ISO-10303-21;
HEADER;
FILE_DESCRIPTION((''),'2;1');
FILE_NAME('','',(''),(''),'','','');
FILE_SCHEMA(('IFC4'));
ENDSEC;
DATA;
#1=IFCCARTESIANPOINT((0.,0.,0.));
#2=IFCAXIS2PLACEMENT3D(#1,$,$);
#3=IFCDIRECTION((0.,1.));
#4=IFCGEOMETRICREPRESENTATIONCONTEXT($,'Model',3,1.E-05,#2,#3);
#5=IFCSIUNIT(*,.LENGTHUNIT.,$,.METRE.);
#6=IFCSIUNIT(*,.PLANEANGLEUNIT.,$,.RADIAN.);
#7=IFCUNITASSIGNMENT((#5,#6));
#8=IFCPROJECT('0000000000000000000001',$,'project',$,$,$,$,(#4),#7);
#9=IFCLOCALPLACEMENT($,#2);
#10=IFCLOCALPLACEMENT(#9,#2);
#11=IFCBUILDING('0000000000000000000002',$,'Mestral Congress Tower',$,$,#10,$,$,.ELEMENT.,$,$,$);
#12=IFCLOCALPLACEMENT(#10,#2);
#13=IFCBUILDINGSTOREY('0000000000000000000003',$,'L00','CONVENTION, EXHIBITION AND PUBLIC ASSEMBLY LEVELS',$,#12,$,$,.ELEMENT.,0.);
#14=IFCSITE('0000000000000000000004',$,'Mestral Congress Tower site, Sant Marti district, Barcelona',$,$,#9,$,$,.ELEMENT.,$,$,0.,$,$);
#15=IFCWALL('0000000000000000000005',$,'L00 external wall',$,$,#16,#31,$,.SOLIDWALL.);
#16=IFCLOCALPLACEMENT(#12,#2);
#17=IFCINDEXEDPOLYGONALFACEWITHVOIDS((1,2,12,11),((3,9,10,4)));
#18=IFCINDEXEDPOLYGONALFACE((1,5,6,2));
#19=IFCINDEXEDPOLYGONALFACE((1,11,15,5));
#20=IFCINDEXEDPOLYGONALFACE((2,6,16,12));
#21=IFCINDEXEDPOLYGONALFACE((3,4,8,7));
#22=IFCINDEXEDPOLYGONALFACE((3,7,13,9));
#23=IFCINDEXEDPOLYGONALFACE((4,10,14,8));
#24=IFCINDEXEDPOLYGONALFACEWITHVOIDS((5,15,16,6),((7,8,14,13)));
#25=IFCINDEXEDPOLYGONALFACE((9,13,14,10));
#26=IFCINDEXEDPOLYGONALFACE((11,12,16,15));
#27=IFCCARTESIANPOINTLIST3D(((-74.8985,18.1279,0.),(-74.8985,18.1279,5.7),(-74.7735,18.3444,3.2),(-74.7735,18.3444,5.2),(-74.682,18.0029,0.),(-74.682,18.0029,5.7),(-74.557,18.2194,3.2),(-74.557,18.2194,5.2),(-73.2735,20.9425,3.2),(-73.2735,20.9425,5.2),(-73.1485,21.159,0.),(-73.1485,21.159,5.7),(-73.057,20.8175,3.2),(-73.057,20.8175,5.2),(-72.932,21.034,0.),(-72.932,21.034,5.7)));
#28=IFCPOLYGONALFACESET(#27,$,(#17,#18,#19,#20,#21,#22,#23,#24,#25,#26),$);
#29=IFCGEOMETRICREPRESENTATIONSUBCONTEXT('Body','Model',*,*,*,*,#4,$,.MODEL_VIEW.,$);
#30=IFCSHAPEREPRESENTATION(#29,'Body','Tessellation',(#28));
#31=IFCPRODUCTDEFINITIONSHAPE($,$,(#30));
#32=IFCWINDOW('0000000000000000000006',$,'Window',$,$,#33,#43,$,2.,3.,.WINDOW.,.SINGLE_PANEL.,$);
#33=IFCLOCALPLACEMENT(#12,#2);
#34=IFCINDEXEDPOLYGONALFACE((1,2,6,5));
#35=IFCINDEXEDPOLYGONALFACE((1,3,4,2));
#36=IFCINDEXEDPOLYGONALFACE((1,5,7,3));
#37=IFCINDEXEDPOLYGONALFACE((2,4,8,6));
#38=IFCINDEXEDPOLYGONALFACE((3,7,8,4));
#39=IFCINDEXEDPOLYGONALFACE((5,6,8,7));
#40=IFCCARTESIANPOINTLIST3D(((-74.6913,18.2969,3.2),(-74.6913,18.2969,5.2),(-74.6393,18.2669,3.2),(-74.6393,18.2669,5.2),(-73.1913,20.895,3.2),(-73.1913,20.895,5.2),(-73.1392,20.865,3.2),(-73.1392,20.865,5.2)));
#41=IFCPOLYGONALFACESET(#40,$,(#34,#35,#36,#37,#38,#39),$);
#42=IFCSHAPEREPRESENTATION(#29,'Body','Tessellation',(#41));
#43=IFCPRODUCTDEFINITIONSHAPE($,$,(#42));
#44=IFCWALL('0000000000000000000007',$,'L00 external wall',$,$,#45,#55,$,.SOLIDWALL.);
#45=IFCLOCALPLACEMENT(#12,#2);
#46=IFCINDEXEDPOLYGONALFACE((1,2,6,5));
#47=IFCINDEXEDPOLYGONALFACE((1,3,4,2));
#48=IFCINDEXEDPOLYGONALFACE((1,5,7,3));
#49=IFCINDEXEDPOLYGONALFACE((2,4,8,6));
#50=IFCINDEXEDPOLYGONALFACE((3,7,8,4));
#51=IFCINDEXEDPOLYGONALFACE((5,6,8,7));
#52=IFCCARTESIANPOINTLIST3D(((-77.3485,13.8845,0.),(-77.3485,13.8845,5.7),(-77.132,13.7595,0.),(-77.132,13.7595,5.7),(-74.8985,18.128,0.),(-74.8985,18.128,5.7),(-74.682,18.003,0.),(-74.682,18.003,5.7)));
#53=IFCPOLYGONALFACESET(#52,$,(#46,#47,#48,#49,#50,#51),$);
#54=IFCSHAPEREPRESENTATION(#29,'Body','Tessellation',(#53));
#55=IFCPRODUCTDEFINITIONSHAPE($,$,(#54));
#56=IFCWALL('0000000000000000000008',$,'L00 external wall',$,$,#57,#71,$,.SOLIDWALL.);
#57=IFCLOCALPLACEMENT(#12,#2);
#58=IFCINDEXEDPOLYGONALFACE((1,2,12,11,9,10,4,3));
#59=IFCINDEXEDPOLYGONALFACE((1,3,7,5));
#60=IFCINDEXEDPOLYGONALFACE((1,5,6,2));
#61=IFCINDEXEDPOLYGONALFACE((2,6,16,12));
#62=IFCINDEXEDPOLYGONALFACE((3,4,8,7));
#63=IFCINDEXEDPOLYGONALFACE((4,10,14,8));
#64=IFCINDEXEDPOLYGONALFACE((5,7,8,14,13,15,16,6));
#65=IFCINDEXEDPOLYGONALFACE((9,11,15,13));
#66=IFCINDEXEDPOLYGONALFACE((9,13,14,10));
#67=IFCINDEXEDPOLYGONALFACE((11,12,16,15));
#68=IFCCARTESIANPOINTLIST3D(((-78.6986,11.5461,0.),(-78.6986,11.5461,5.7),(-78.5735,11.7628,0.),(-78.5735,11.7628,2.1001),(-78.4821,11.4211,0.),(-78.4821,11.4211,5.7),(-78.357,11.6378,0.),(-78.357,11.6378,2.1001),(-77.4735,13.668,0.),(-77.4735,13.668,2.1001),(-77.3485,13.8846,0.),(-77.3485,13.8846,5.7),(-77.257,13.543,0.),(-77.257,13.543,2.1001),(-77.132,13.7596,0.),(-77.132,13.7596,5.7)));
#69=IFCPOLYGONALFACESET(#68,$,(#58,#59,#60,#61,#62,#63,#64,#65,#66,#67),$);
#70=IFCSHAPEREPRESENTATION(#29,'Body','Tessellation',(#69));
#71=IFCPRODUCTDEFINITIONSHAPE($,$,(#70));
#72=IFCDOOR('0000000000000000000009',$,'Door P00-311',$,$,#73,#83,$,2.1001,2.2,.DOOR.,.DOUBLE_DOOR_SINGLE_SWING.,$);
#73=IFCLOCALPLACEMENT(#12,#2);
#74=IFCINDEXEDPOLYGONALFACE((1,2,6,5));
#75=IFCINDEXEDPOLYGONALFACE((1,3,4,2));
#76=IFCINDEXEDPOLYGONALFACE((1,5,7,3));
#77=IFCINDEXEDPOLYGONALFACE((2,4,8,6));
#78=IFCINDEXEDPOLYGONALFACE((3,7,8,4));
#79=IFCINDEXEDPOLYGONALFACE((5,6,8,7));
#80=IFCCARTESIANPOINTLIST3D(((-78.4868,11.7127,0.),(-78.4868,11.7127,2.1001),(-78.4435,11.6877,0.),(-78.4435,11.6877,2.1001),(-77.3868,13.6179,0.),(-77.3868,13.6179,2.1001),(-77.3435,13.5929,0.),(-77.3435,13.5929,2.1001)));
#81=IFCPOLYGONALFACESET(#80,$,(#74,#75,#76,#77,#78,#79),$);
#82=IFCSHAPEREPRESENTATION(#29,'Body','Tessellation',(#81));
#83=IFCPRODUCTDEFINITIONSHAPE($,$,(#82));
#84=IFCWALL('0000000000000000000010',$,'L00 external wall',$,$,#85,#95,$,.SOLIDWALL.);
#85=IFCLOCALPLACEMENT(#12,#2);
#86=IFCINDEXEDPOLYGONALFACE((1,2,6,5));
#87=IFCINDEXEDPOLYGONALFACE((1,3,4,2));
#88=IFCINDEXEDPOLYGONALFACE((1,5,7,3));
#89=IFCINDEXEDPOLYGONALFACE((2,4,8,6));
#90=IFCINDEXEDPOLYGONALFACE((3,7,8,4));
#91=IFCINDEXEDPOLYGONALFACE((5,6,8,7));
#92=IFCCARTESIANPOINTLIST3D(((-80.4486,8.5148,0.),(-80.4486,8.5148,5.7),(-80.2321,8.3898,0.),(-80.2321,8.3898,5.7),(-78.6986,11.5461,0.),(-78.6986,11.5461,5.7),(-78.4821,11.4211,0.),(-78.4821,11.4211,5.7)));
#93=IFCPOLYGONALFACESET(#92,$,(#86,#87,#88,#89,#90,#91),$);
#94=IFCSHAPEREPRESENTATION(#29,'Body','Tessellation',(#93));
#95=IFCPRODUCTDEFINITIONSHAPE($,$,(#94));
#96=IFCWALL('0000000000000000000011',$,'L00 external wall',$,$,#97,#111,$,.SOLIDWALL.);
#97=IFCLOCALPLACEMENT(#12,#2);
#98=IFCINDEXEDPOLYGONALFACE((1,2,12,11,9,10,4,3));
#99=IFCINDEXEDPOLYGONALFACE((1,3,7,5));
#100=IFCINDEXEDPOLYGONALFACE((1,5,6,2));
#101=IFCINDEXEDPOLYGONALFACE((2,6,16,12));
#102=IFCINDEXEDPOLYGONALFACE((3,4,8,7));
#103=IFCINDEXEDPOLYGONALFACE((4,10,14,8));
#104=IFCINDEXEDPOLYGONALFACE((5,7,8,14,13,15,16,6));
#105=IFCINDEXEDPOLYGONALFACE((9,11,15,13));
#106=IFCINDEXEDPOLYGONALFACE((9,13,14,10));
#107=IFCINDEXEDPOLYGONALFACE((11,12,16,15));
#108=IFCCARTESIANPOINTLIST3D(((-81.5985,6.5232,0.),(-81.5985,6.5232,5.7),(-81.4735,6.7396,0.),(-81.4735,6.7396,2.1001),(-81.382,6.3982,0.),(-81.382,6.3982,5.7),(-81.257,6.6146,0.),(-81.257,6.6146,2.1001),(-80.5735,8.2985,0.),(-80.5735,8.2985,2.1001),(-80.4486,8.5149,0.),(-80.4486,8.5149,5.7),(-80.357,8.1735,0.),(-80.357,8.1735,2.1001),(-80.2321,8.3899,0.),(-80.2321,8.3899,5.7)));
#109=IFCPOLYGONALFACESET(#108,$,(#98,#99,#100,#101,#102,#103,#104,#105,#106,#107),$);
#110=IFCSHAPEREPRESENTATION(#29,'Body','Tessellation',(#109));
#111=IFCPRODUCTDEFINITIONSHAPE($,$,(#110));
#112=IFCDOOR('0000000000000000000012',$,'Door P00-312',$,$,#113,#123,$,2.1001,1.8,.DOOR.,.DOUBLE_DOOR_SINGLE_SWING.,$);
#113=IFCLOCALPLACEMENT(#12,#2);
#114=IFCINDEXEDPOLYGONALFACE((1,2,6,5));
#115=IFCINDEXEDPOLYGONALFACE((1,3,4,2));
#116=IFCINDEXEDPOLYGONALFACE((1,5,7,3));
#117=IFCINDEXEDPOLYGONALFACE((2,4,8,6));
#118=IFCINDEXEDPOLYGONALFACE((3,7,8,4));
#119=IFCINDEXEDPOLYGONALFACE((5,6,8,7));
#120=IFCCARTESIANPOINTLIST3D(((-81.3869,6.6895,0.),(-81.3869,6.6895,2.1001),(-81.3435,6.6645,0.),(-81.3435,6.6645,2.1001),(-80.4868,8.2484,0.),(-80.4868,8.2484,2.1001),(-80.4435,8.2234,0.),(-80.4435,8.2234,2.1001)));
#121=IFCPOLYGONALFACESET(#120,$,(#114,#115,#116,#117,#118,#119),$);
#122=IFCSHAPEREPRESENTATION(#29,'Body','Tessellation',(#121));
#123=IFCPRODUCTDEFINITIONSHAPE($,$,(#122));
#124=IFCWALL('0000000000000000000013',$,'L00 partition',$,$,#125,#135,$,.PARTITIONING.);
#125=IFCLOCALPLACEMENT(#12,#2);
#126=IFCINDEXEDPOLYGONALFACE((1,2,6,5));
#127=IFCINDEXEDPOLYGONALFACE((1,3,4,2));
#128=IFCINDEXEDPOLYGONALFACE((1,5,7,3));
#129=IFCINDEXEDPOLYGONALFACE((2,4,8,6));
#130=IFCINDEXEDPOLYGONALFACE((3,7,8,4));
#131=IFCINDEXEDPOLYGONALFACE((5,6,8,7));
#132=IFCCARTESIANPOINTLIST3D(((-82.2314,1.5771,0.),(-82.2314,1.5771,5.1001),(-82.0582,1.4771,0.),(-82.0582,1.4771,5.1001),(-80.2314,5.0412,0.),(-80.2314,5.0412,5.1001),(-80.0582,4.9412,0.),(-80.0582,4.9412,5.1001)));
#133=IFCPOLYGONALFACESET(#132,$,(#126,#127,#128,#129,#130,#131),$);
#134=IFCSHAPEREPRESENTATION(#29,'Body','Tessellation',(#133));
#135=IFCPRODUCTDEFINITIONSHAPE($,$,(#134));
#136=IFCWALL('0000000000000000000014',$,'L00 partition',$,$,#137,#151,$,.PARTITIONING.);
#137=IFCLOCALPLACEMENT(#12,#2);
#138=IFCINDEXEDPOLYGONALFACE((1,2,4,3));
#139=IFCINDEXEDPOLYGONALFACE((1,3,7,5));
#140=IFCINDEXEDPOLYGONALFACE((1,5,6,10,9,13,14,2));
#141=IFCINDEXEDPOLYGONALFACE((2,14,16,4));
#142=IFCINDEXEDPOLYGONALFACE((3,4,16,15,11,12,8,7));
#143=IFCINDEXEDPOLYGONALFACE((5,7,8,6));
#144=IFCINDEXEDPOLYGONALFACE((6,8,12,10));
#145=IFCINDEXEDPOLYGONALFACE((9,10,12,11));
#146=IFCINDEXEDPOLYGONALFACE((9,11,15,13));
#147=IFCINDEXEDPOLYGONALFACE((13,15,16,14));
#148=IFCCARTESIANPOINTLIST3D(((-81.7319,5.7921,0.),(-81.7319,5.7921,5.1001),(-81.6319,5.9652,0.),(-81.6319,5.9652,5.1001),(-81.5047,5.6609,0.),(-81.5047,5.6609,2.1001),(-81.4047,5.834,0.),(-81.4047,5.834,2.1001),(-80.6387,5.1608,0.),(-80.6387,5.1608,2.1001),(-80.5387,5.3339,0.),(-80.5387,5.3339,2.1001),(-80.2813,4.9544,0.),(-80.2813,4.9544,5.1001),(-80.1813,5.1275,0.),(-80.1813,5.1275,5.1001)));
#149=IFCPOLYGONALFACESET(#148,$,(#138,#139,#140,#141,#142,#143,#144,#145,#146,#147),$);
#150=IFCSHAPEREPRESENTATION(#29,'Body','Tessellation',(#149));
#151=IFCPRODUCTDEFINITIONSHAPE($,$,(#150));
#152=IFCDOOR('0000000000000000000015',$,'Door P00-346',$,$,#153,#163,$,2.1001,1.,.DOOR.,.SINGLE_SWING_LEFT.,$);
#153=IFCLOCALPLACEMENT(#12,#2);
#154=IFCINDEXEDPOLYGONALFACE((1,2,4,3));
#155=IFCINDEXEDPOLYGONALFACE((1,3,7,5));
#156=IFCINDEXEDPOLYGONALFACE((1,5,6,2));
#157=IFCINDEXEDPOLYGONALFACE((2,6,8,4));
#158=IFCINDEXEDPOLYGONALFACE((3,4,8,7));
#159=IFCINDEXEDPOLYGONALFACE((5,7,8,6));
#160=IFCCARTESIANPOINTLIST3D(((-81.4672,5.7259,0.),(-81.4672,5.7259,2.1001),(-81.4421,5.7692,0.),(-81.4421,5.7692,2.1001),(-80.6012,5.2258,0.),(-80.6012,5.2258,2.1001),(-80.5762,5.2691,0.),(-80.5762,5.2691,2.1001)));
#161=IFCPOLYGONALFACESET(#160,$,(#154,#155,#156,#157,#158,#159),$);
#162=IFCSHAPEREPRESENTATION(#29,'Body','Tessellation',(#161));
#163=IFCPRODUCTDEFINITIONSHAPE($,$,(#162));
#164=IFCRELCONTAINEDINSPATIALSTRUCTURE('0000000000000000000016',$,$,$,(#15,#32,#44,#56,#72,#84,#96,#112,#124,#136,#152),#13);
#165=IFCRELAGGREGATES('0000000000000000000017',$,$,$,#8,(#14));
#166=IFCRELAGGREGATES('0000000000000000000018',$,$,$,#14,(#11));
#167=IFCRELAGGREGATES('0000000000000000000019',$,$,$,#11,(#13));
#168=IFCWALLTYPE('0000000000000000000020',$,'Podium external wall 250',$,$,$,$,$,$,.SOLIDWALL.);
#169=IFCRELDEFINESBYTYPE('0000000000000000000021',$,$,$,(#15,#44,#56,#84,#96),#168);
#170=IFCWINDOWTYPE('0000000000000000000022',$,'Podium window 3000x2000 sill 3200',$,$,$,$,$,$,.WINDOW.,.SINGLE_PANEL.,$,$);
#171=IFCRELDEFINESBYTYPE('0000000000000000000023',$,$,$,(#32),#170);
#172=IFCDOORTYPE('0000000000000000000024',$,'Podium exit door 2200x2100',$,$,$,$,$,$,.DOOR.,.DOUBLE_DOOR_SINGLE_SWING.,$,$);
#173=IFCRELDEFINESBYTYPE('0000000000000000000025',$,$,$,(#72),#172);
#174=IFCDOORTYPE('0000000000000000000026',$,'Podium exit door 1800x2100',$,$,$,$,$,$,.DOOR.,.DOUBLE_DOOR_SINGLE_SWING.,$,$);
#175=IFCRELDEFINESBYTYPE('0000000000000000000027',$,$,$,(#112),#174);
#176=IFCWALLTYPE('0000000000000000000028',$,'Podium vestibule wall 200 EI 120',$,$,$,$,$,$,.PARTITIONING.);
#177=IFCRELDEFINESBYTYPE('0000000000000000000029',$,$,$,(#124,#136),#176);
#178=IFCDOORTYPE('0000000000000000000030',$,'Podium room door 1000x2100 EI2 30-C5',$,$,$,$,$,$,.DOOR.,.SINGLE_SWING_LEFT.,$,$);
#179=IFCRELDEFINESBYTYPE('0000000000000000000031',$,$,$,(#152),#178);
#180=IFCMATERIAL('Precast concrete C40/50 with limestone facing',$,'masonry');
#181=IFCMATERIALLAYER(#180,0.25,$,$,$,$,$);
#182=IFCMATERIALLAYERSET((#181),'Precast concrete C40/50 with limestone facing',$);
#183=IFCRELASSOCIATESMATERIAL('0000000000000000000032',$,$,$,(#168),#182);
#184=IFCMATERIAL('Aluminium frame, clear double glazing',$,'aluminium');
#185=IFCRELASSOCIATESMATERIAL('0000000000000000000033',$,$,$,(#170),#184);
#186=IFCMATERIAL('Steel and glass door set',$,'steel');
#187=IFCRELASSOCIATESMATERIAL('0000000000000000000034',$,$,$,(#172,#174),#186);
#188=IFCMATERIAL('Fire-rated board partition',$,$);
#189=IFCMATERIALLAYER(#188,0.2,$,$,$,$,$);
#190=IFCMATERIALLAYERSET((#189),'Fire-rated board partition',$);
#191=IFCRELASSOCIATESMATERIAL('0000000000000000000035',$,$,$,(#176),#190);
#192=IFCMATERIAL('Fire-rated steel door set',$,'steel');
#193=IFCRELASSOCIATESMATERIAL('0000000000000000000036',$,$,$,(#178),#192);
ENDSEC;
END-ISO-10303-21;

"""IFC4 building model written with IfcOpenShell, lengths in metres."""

from ifc_helpers import new_model, si_unit, direction, frame, frame_2d, origin, place, context, subcontext, project, spatial, rectangle, extrude, material, layer, layer_set, type_object, element, fill, save


model = new_model("IFC4")

# Units and contexts
model_context = context("Model", 3, precision=1e-05, world=origin(), true_north=direction((0.0, 1.0)))
body_context = subcontext(model_context, "Body", "Model", "MODEL_VIEW")
ifc_project = project(units=[si_unit("LENGTHUNIT", "METRE"), si_unit("PLANEANGLEUNIT", "RADIAN")], contexts=[model_context])

# Site, building, storey
site_placement = place(None, origin())
site = spatial("IfcSite", under=ifc_project, at=site_placement, Name="Mestral Congress Tower site, Sant Marti district, Barcelona", CompositionType="ELEMENT", RefElevation=0.0)
building_placement = place(site_placement, origin())
building = spatial("IfcBuilding", under=site, at=building_placement, Name="Mestral Congress Tower", CompositionType="ELEMENT")
storey_placement = place(building_placement, origin())
storey = spatial("IfcBuildingStorey", under=building, at=storey_placement, Name="L00", Description="CONVENTION, EXHIBITION AND PUBLIC ASSEMBLY LEVELS", CompositionType="ELEMENT", Elevation=0.0)

# Shared definitions
ifc_material_1 = material(Name="Precast concrete C40/50 with limestone facing", Category="masonry")
ifc_layer_1 = layer(ifc_material_1, 0.25)
ifc_layer_set_1 = layer_set([ifc_layer_1], Name="Precast concrete C40/50 with limestone facing")
wall_type_1 = type_object("IfcWallType", Name="Podium external wall 250", PredefinedType="SOLIDWALL", material=ifc_layer_set_1)

# Wall, opening, window
wall_1_placement = place(storey_placement, frame((-74.7903, 18.0654, 0.0), z_axis=(0.0, 0.0, 1.0), x_axis=(0.50001, 0.866019, 0.0)))
wall_1 = element("IfcWall", 1, at=wall_1_placement, inside=storey, type_object=wall_type_1, Name="L00 external wall", PredefinedType="SOLIDWALL", context=body_context, shape_type="SweptSolid", body=[
    extrude(rectangle(XDim=3.5, YDim=0.25, at=frame_2d((1.75, 0.0))), origin(), (0.0, 0.0, 1.0), 5.7),
])
opening_1_placement = place(wall_1_placement, frame((0.25, 0.0, 3.2)))
opening_1 = element("IfcOpeningElement", 2, at=opening_1_placement, cuts=wall_1, PredefinedType="OPENING", context=body_context, shape_type="SweptSolid", body=[
    extrude(rectangle(XDim=3.0, YDim=2.0, at=frame_2d((1.5, 1.0))), frame((0.0, 0.135, 0.0), z_axis=(0.0, -1.0, 0.0), x_axis=(1.0, 0.0, 0.0)), (0.0, 0.0, 1.0), 0.27),
])
ifc_material_2 = material(Name="Aluminium frame, clear double glazing", Category="aluminium")
window_type = type_object("IfcWindowType", Name="Podium window 3000x2000 sill 3200", PartitioningType="SINGLE_PANEL", PredefinedType="WINDOW", material=ifc_material_2)
window_placement = place(opening_1_placement, origin())
window = element("IfcWindow", 3, at=window_placement, inside=storey, type_object=window_type, Name="Window", OverallHeight=2.0, OverallWidth=3.0, PartitioningType="SINGLE_PANEL", PredefinedType="WINDOW", context=body_context, shape_type="SweptSolid", body=[
    extrude(rectangle(XDim=3.0, YDim=2.0, at=frame_2d((1.5, 1.0))), frame((0.0, 0.03, 0.0), z_axis=(0.0, -1.0, 0.0), x_axis=(1.0, 0.0, 0.0)), (0.0, 0.0, 1.0), 0.0601),
])
fill(opening_1, window)

# Wall
wall_2_placement = place(storey_placement, frame((-77.2402, 13.822, 0.0), z_axis=(0.0, 0.0, 1.0), x_axis=(0.500003, 0.866024, 0.0)))
element("IfcWall", 4, at=wall_2_placement, inside=storey, type_object=wall_type_1, Name="L00 external wall", PredefinedType="SOLIDWALL", context=body_context, shape_type="SweptSolid", body=[
    extrude(rectangle(XDim=4.8999, YDim=0.25, at=frame_2d((2.45, 0.0))), origin(), (0.0, 0.0, 1.0), 5.7),
])

# Wall, opening, door
wall_3_placement = place(storey_placement, frame((-78.5903, 11.4836, 0.0), z_axis=(0.0, 0.0, 1.0), x_axis=(0.500009, 0.86602, 0.0)))
wall_3 = element("IfcWall", 5, at=wall_3_placement, inside=storey, type_object=wall_type_1, Name="L00 external wall", PredefinedType="SOLIDWALL", context=body_context, shape_type="SweptSolid", body=[
    extrude(rectangle(XDim=2.7002, YDim=0.25, at=frame_2d((1.3501, 0.0))), origin(), (0.0, 0.0, 1.0), 5.7),
])
opening_2_placement = place(wall_3_placement, frame((0.25, 0.0, 0.0)))
opening_2 = element("IfcOpeningElement", 6, at=opening_2_placement, cuts=wall_3, PredefinedType="OPENING", context=body_context, shape_type="SweptSolid", body=[
    extrude(rectangle(XDim=2.2, YDim=2.1001, at=frame_2d((1.1001, 1.05))), frame((0.0, 0.135, 0.0), z_axis=(0.0, -1.0, 0.0), x_axis=(1.0, 0.0, 0.0)), (0.0, 0.0, 1.0), 0.27),
])
ifc_material_3 = material(Name="Steel and glass door set", Category="steel")
door_type_1 = type_object("IfcDoorType", Name="Podium exit door 2200x2100", OperationType="DOUBLE_DOOR_SINGLE_SWING", PredefinedType="DOOR", material=ifc_material_3)
door_1_placement = place(opening_2_placement, origin())
door_1 = element("IfcDoor", 7, at=door_1_placement, inside=storey, type_object=door_type_1, Name="Door P00-311", OperationType="DOUBLE_DOOR_SINGLE_SWING", OverallHeight=2.1001, OverallWidth=2.2, PredefinedType="DOOR", context=body_context, shape_type="SweptSolid", body=[
    extrude(rectangle(XDim=2.2, YDim=2.1001, at=frame_2d((1.1001, 1.05))), frame((0.0, 0.0249, 0.0), z_axis=(0.0, -1.0, 0.0), x_axis=(1.0, 0.0, 0.0)), (0.0, 0.0, 1.0), 0.05),
])
fill(opening_2, door_1)

# Wall
wall_4_placement = place(storey_placement, frame((-80.3403, 8.4524, 0.0), z_axis=(0.0, 0.0, 1.0), x_axis=(0.49998, 0.866037, 0.0)))
element("IfcWall", 8, at=wall_4_placement, inside=storey, type_object=wall_type_1, Name="L00 external wall", PredefinedType="SOLIDWALL", context=body_context, shape_type="SweptSolid", body=[
    extrude(rectangle(XDim=3.5002, YDim=0.25, at=frame_2d((1.75, 0.0))), origin(), (0.0, 0.0, 1.0), 5.7),
])

# Wall, opening, door
wall_5_placement = place(storey_placement, frame((-81.4902, 6.4607, 0.0), z_axis=(0.0, 0.0, 1.0), x_axis=(0.499998, 0.866026, 0.0)))
wall_5 = element("IfcWall", 9, at=wall_5_placement, inside=storey, type_object=wall_type_1, Name="L00 external wall", PredefinedType="SOLIDWALL", context=body_context, shape_type="SweptSolid", body=[
    extrude(rectangle(XDim=2.2998, YDim=0.25, at=frame_2d((1.1499, 0.0))), origin(), (0.0, 0.0, 1.0), 5.7),
])
opening_3_placement = place(wall_5_placement, frame((0.25, 0.0, 0.0)))
opening_3 = element("IfcOpeningElement", 10, at=opening_3_placement, cuts=wall_5, PredefinedType="OPENING", context=body_context, shape_type="SweptSolid", body=[
    extrude(rectangle(XDim=1.8, YDim=2.1001, at=frame_2d((0.8999, 1.05))), frame((0.0, 0.135, 0.0), z_axis=(0.0, -1.0, 0.0), x_axis=(1.0, 0.0, 0.0)), (0.0, 0.0, 1.0), 0.27),
])
door_type_2 = type_object("IfcDoorType", Name="Podium exit door 1800x2100", OperationType="DOUBLE_DOOR_SINGLE_SWING", PredefinedType="DOOR", material=ifc_material_3)
door_2_placement = place(opening_3_placement, origin())
door_2 = element("IfcDoor", 11, at=door_2_placement, inside=storey, type_object=door_type_2, Name="Door P00-312", OperationType="DOUBLE_DOOR_SINGLE_SWING", OverallHeight=2.1001, OverallWidth=1.8, PredefinedType="DOOR", context=body_context, shape_type="SweptSolid", body=[
    extrude(rectangle(XDim=1.8, YDim=2.1001, at=frame_2d((0.8999, 1.05))), frame((0.0, 0.0249, 0.0), z_axis=(0.0, -1.0, 0.0), x_axis=(1.0, 0.0, 0.0)), (0.0, 0.0, 1.0), 0.05),
])
fill(opening_3, door_2)

# Wall
ifc_material_4 = material(Name="Fire-rated board partition")
ifc_layer_2 = layer(ifc_material_4, 0.2)
ifc_layer_set_2 = layer_set([ifc_layer_2], Name="Fire-rated board partition")
wall_type_2 = type_object("IfcWallType", Name="Podium vestibule wall 200 EI 120", PredefinedType="PARTITIONING", material=ifc_layer_set_2)
wall_6_placement = place(storey_placement, frame((-80.1448, 4.9912, 0.0), z_axis=(0.0, 0.0, 1.0), x_axis=(-0.499999, -0.866026, 0.0)))
element("IfcWall", 12, at=wall_6_placement, inside=storey, type_object=wall_type_2, Name="L00 partition", PredefinedType="PARTITIONING", context=body_context, shape_type="SweptSolid", body=[
    extrude(rectangle(XDim=4.0, YDim=0.2, at=frame_2d((2.0, 0.0))), origin(), (0.0, 0.0, 1.0), 5.1001),
])

# Wall, opening, door
wall_7_placement = place(storey_placement, frame((-80.2314, 5.041, 0.0), z_axis=(0.0, 0.0, 1.0), x_axis=(-0.865965, 0.500105, 0.0)))
wall_7 = element("IfcWall", 13, at=wall_7_placement, inside=storey, type_object=wall_type_2, Name="L00 partition", PredefinedType="PARTITIONING", context=body_context, shape_type="SweptSolid", body=[
    extrude(rectangle(XDim=1.675, YDim=0.2, at=frame_2d((0.8374, 0.0))), origin(), (0.0, 0.0, 1.0), 5.1001),
])
opening_4_placement = place(wall_7_placement, frame((0.4126, 0.0, 0.0)))
opening_4 = element("IfcOpeningElement", 14, at=opening_4_placement, cuts=wall_7, PredefinedType="OPENING", context=body_context, shape_type="SweptSolid", body=[
    extrude(rectangle(XDim=1.0, YDim=2.1001, at=frame_2d((0.5, 1.05))), frame((0.0, 0.1099, 0.0), z_axis=(0.0, -1.0, 0.0), x_axis=(1.0, 0.0, 0.0)), (0.0, 0.0, 1.0), 0.22),
])
ifc_material_5 = material(Name="Fire-rated steel door set", Category="steel")
door_type_3 = type_object("IfcDoorType", Name="Podium room door 1000x2100 EI2 30-C5", OperationType="SINGLE_SWING_LEFT", PredefinedType="DOOR", material=ifc_material_5)
door_3_placement = place(opening_4_placement, origin())
door_3 = element("IfcDoor", 15, at=door_3_placement, inside=storey, type_object=door_type_3, Name="Door P00-346", OperationType="SINGLE_SWING_LEFT", OverallHeight=2.1001, OverallWidth=1.0, PredefinedType="DOOR", context=body_context, shape_type="SweptSolid", body=[
    extrude(rectangle(XDim=1.0, YDim=2.1001, at=frame_2d((0.5, 1.05))), frame((0.0, 0.0249, 0.0), z_axis=(0.0, -1.0, 0.0), x_axis=(1.0, 0.0, 0.0)), (0.0, 0.0, 1.0), 0.05),
])
fill(opening_4, door_3)

save(model, "model.ifc")
